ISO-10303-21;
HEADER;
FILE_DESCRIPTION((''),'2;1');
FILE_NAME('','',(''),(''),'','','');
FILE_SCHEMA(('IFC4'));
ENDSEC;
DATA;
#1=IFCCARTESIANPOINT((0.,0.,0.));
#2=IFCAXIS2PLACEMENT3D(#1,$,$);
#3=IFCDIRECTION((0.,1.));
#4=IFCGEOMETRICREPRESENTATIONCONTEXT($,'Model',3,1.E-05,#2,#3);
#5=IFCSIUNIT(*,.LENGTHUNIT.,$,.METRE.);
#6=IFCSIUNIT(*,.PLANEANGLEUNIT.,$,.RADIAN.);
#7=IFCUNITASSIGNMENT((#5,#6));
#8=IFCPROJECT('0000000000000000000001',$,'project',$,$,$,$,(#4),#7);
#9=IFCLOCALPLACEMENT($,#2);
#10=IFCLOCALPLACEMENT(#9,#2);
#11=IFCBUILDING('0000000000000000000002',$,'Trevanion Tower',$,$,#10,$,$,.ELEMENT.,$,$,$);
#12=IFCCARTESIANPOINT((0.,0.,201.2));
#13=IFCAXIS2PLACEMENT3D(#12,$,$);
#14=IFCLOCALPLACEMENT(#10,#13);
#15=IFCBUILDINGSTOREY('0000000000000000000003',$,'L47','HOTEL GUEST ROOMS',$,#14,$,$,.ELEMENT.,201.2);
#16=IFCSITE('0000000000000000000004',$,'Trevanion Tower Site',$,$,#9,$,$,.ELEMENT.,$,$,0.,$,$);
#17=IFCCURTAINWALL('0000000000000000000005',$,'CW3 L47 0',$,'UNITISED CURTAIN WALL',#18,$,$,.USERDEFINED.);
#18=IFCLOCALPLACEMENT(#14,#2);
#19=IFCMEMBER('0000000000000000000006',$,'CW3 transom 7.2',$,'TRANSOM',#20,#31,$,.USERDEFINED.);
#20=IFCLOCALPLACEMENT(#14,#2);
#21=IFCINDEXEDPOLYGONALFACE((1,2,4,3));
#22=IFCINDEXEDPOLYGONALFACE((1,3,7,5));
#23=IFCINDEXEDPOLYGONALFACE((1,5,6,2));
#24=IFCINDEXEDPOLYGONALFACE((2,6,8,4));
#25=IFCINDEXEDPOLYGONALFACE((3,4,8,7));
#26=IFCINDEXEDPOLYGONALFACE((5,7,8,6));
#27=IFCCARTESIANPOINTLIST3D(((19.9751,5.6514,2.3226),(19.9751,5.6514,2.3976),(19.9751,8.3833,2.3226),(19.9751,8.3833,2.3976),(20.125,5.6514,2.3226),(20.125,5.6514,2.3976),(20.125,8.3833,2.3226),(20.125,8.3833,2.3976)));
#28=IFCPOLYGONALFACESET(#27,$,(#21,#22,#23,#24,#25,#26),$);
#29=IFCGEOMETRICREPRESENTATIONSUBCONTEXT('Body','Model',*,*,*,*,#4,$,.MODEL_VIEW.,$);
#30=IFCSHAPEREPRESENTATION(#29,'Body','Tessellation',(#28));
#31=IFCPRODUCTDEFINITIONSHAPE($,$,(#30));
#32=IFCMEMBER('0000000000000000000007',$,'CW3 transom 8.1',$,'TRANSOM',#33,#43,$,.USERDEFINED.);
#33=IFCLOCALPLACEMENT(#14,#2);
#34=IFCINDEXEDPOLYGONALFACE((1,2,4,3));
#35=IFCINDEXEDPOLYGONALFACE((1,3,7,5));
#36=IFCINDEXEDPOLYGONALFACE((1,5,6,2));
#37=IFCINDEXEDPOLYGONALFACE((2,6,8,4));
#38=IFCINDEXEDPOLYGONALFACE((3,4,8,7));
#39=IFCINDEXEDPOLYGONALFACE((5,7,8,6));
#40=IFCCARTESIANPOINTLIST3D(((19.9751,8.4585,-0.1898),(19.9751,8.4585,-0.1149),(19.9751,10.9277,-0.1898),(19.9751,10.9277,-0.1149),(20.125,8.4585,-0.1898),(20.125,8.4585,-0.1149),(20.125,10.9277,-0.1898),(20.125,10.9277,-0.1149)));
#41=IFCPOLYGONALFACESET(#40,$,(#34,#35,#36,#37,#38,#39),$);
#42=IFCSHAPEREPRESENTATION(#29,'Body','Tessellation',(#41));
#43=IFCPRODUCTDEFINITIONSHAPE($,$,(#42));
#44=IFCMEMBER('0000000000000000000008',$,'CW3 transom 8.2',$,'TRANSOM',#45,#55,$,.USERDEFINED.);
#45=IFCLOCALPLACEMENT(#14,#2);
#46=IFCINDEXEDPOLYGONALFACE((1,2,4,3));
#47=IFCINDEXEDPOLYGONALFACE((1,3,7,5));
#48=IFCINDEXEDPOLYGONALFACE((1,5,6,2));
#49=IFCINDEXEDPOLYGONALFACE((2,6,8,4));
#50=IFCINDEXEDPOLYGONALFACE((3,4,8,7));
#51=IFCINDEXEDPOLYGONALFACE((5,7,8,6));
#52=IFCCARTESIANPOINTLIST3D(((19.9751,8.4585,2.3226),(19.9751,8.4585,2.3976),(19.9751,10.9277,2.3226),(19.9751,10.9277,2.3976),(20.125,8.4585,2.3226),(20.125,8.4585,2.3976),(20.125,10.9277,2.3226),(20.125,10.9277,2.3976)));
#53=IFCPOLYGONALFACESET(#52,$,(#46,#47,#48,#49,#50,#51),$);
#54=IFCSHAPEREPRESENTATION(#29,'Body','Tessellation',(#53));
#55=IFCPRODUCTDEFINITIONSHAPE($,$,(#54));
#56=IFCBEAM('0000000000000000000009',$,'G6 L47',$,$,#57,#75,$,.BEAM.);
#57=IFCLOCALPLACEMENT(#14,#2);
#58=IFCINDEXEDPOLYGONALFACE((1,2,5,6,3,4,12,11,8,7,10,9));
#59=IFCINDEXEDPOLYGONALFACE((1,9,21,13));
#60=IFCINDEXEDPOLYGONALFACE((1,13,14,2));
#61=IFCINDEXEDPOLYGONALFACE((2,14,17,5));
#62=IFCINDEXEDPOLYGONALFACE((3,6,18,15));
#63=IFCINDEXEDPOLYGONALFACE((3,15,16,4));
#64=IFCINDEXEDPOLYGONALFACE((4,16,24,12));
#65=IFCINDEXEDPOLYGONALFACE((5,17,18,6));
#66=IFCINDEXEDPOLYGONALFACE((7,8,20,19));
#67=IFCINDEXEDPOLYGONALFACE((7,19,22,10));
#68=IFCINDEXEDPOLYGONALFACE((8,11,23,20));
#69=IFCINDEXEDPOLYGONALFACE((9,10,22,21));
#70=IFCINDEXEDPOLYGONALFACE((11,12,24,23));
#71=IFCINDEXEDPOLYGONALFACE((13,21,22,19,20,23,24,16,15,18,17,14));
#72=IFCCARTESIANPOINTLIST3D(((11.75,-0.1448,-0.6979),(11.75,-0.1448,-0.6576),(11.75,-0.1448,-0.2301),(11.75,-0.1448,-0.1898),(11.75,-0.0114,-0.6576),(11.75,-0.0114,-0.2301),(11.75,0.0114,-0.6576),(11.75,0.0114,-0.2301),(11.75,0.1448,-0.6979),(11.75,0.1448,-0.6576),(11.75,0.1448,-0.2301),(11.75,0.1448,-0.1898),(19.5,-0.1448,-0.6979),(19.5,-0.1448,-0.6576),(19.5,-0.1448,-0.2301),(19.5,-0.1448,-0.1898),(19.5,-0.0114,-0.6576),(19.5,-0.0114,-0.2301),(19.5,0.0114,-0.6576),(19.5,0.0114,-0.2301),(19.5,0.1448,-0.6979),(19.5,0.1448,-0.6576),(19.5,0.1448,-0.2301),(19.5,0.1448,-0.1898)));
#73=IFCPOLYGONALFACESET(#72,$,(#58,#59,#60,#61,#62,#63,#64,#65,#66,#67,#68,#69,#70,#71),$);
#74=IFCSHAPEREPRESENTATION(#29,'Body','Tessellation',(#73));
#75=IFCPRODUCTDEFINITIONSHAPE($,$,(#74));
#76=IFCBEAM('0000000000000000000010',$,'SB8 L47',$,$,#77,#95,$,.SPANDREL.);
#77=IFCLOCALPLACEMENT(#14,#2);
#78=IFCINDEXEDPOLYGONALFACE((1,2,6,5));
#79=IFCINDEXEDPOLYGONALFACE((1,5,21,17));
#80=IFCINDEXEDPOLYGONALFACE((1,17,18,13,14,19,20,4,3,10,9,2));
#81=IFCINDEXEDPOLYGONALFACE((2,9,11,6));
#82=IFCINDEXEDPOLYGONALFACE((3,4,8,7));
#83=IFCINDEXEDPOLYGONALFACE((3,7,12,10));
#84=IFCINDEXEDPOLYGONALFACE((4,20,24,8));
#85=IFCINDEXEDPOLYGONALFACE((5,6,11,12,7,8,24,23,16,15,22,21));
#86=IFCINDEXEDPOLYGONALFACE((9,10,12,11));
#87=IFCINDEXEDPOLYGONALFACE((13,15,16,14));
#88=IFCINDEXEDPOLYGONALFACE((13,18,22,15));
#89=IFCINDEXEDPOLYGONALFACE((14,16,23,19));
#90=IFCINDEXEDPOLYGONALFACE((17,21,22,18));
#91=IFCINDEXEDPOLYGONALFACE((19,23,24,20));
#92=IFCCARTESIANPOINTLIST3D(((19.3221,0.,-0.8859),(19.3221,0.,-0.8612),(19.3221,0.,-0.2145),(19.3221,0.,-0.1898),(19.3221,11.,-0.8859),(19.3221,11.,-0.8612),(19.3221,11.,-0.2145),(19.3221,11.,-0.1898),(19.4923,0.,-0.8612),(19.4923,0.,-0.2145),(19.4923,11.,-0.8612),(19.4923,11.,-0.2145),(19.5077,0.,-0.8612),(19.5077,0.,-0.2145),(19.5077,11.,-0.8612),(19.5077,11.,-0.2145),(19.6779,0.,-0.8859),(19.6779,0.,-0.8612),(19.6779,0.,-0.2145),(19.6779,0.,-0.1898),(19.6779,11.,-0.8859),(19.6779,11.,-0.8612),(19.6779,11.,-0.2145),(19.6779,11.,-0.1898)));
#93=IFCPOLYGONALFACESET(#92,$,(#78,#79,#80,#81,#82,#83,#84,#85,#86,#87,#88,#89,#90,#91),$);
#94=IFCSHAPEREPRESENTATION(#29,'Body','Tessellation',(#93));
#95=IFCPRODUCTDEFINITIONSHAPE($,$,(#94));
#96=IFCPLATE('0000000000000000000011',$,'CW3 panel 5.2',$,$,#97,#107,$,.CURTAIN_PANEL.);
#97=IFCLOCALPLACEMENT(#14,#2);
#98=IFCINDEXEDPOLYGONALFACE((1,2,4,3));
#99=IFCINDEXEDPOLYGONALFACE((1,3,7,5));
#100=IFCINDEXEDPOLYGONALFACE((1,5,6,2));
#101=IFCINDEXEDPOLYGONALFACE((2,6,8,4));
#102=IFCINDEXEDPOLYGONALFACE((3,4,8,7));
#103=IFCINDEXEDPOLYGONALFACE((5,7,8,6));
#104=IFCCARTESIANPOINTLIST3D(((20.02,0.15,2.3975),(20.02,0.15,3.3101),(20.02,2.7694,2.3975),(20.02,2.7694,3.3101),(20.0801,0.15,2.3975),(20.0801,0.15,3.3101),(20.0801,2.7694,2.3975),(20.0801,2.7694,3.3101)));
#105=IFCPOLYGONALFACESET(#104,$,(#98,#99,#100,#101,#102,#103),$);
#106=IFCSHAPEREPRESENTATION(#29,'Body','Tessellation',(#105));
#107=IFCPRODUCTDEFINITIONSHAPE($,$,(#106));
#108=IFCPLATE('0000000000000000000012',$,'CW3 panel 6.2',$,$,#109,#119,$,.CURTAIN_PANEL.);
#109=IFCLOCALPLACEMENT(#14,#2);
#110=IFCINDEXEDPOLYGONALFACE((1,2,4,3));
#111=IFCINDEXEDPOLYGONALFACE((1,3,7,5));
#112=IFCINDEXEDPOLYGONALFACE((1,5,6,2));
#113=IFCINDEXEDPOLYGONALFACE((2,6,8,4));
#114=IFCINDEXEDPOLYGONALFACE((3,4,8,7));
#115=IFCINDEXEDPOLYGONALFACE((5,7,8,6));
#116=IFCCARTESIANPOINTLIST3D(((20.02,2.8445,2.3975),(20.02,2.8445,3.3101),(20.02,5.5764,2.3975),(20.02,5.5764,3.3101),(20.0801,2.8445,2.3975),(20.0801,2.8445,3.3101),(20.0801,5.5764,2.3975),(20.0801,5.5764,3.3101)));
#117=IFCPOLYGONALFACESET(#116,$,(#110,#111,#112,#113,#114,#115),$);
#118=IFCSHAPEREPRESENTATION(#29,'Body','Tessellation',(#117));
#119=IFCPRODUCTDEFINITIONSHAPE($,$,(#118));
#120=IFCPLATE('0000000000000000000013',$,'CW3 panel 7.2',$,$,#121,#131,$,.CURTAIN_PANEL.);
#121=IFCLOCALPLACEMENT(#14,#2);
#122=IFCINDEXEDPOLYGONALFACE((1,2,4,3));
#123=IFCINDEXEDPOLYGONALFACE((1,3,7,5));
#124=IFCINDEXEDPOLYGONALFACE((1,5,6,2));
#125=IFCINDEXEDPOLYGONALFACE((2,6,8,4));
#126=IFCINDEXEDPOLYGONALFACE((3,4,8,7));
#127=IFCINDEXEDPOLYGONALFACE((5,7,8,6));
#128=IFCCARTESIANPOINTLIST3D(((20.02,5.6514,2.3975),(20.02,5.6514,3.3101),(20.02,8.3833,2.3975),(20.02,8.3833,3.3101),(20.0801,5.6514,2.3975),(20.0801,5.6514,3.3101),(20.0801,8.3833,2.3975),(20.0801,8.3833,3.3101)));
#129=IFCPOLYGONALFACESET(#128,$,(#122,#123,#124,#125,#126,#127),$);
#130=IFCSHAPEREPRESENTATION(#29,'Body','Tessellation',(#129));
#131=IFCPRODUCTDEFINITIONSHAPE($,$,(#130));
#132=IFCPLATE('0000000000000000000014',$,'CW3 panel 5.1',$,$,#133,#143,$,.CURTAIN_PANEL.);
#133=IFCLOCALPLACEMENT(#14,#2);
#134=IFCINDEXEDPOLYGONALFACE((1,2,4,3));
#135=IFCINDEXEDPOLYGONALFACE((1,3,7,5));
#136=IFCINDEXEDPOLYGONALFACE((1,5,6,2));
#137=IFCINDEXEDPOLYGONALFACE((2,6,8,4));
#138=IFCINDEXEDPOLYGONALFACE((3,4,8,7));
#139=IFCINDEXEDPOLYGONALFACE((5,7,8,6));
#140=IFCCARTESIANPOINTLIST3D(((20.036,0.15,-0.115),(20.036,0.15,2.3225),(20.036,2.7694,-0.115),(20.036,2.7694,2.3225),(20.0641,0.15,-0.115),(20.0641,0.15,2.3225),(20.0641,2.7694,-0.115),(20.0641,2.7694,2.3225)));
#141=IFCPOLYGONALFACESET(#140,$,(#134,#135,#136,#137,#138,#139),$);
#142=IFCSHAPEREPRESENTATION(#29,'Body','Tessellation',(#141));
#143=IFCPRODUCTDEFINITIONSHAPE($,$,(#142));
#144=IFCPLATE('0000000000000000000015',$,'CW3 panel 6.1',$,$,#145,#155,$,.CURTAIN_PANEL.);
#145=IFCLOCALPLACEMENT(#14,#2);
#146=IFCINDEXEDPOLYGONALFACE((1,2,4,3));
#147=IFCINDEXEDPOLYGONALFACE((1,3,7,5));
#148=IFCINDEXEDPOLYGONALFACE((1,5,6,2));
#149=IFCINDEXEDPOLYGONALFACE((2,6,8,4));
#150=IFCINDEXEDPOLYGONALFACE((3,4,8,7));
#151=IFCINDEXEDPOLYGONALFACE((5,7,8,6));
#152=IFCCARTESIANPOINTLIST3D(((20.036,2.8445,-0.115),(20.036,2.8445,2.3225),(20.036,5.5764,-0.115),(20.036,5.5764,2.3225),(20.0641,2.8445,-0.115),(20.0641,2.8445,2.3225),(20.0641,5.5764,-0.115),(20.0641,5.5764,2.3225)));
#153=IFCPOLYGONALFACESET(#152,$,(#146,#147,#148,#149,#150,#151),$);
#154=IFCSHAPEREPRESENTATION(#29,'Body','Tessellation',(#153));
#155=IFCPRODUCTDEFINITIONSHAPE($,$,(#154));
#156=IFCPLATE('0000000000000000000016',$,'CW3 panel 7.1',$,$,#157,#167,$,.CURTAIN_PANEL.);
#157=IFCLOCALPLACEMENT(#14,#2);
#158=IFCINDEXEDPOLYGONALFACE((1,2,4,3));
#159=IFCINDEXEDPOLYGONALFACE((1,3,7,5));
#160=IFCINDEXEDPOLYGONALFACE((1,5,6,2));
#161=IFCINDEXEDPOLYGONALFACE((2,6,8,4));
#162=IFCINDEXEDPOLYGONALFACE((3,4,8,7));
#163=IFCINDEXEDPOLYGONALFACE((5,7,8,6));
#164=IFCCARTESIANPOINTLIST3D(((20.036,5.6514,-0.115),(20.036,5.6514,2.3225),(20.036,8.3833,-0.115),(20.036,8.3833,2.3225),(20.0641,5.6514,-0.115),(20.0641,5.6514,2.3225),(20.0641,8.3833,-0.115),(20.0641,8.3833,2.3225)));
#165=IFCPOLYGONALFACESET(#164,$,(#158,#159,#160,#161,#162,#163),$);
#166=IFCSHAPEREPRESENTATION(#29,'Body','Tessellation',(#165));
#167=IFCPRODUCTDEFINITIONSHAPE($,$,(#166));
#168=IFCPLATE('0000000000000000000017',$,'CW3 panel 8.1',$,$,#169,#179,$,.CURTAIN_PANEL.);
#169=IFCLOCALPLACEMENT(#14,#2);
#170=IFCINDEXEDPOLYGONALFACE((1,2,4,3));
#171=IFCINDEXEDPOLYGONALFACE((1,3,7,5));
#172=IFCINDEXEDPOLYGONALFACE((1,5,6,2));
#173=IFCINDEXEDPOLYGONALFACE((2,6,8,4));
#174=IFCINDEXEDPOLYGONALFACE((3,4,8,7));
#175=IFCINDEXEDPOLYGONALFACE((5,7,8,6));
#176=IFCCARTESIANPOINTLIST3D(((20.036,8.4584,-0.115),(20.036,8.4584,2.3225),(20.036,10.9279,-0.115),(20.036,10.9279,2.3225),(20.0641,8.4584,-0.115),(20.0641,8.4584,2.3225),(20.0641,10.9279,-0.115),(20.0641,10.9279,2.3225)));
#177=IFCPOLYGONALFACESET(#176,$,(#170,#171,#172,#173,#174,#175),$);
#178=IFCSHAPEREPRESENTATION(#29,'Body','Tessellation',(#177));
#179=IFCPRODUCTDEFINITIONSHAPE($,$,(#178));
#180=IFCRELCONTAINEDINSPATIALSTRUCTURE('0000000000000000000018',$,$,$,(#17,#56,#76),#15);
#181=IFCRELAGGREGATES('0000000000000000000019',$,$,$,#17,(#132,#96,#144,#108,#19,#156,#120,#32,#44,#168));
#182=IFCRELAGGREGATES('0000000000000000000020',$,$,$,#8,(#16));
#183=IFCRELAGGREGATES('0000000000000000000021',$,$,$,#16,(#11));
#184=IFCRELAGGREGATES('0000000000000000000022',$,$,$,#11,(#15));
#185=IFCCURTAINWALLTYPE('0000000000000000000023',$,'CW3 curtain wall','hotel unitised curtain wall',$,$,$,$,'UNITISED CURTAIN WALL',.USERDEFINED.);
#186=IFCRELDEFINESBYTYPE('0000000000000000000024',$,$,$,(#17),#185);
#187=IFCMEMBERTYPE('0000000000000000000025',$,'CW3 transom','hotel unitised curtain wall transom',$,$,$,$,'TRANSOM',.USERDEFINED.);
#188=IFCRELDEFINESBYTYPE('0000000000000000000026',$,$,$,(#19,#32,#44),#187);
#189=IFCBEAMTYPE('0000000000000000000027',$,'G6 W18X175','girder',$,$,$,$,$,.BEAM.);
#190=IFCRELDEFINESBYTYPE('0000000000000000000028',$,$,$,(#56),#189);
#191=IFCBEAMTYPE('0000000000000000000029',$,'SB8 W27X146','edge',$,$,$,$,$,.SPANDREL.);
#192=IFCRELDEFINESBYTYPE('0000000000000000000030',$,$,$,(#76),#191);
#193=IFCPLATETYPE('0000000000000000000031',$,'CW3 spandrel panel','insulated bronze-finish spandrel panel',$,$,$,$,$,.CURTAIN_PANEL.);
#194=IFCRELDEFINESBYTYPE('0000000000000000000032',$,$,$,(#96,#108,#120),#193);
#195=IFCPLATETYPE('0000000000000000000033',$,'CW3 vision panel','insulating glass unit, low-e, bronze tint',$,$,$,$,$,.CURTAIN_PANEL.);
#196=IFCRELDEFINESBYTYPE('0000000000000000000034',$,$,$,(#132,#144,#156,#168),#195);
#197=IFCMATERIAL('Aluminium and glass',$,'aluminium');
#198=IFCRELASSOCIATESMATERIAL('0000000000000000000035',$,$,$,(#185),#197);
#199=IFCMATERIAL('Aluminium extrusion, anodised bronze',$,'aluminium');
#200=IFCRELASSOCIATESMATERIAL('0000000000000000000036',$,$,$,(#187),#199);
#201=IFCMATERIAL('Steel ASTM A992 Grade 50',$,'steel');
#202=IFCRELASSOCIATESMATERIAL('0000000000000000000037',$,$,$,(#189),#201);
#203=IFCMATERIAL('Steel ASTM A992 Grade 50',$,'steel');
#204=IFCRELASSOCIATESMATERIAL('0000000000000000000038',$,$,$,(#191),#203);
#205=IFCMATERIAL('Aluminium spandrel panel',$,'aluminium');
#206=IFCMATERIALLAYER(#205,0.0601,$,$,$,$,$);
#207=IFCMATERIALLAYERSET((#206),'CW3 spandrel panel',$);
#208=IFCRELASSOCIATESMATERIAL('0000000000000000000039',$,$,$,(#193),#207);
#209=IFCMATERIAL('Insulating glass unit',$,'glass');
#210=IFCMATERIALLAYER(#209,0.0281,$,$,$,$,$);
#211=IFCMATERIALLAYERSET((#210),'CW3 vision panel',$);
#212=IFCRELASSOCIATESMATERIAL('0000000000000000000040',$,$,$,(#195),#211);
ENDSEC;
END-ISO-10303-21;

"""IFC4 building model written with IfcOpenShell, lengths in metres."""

from ifc_helpers import new_model, si_unit, direction, frame, origin, origin_2d, place, context, subcontext, project, spatial, rectangle, i_section, extrude, material, layer, layer_set, material_profile, profile_set, type_object, element, aggregate, save


model = new_model("IFC4")

# Units and contexts
model_context = context("Model", 3, precision=1e-05, world=origin(), true_north=direction((0.0, 1.0)))
body_context = subcontext(model_context, "Body", "Model", "MODEL_VIEW")
ifc_project = project(units=[si_unit("LENGTHUNIT", "METRE"), si_unit("PLANEANGLEUNIT", "RADIAN")], contexts=[model_context])

# Site, building, storey
site_placement = place(None, origin())
site = spatial("IfcSite", under=ifc_project, at=site_placement, Name="Trevanion Tower Site", CompositionType="ELEMENT", RefElevation=0.0)
building_placement = place(site_placement, origin())
building = spatial("IfcBuilding", under=site, at=building_placement, Name="Trevanion Tower", CompositionType="ELEMENT")
storey_placement = place(building_placement, frame((0.0, 0.0, 201.2)))
storey = spatial("IfcBuildingStorey", under=building, at=storey_placement, Name="L47", Description="HOTEL GUEST ROOMS", CompositionType="ELEMENT", Elevation=201.2)

# Curtain wall, members
ifc_material_1 = material(Name="Aluminium and glass", Category="aluminium")
curtain_wall_type = type_object("IfcCurtainWallType", Name="CW3 curtain wall", Description="hotel unitised curtain wall", ElementType="UNITISED CURTAIN WALL", PredefinedType="USERDEFINED", material=ifc_material_1)
curtain_wall_placement = place(storey_placement, origin())
curtain_wall = element("IfcCurtainWall", 1, at=curtain_wall_placement, inside=storey, type_object=curtain_wall_type, Name="CW3 L47 0", ObjectType="UNITISED CURTAIN WALL", PredefinedType="USERDEFINED")
ifc_material_2 = material(Name="Aluminium extrusion, anodised bronze", Category="aluminium")
ifc_material_profile_1 = material_profile(ifc_material_2, rectangle(XDim=0.1499, YDim=0.075, at=origin_2d()), Name="CW3 transom")
ifc_profile_set_1 = profile_set([ifc_material_profile_1], Name="Aluminium extrusion, anodised bronze")
member_type_1 = type_object("IfcMemberType", Name="CW3 transom", Description="hotel unitised curtain wall transom", ElementType="TRANSOM", PredefinedType="USERDEFINED", material=ifc_profile_set_1)
member_1_placement = place(storey_placement, frame((20.05, 5.6514, 2.3601), z_axis=(0.0, 1.0, 0.0), x_axis=(-1.0, 0.0, 0.0)))
member_1 = element("IfcMember", 2, at=member_1_placement, type_object=member_type_1, Name="CW3 transom 7.2", ObjectType="TRANSOM", PredefinedType="USERDEFINED", context=body_context, shape_type="SweptSolid", body=[
    extrude(rectangle(XDim=0.1499, YDim=0.075, at=origin_2d()), origin(), (0.0, 0.0, 1.0), 2.7319),
])
member_2_placement = place(storey_placement, frame((20.05, 8.4585, -0.1523), z_axis=(0.0, 1.0, 0.0), x_axis=(-1.0, 0.0, 0.0)))
member_2 = element("IfcMember", 3, at=member_2_placement, type_object=member_type_1, Name="CW3 transom 8.1", ObjectType="TRANSOM", PredefinedType="USERDEFINED", context=body_context, shape_type="SweptSolid", body=[
    extrude(rectangle(XDim=0.1499, YDim=0.075, at=origin_2d()), origin(), (0.0, 0.0, 1.0), 2.4692),
])
member_3_placement = place(storey_placement, frame((20.05, 8.4585, 2.3601), z_axis=(0.0, 1.0, 0.0), x_axis=(-1.0, 0.0, 0.0)))
member_3 = element("IfcMember", 4, at=member_3_placement, type_object=member_type_1, Name="CW3 transom 8.2", ObjectType="TRANSOM", PredefinedType="USERDEFINED", context=body_context, shape_type="SweptSolid", body=[
    extrude(rectangle(XDim=0.1499, YDim=0.075, at=origin_2d()), origin(), (0.0, 0.0, 1.0), 2.4692),
])

# Beams
ifc_material_3 = material(Name="Steel ASTM A992 Grade 50", Category="steel")
ifc_material_profile_2 = material_profile(ifc_material_3, i_section(OverallWidth=0.2896, OverallDepth=0.5081, WebThickness=0.0227, FlangeThickness=0.0403, at=origin_2d()), Name="W18X175")
ifc_profile_set_2 = profile_set([ifc_material_profile_2], Name="Steel ASTM A992 Grade 50")
beam_type_1 = type_object("IfcBeamType", Name="G6 W18X175", Description="girder", PredefinedType="BEAM", material=ifc_profile_set_2)
beam_1_placement = place(storey_placement, frame((11.75, 0.0, -0.4438), z_axis=(1.0, 0.0, 0.0), x_axis=(0.0, 1.0, 0.0)))
element("IfcBeam", 5, at=beam_1_placement, inside=storey, type_object=beam_type_1, Name="G6 L47", PredefinedType="BEAM", context=body_context, shape_type="SweptSolid", body=[
    extrude(i_section(OverallWidth=0.2896, OverallDepth=0.5081, WebThickness=0.0227, FlangeThickness=0.0403, at=origin_2d()), origin(), (0.0, 0.0, 1.0), 7.75),
])
ifc_material_4 = material(Name="Steel ASTM A992 Grade 50", Category="steel")
ifc_material_profile_3 = material_profile(ifc_material_4, i_section(OverallWidth=0.3557, OverallDepth=0.696, WebThickness=0.0154, FlangeThickness=0.0247, at=origin_2d()), Name="W27X146")
ifc_profile_set_3 = profile_set([ifc_material_profile_3], Name="Steel ASTM A992 Grade 50")
beam_type_2 = type_object("IfcBeamType", Name="SB8 W27X146", Description="edge", PredefinedType="SPANDREL", material=ifc_profile_set_3)
beam_2_placement = place(storey_placement, frame((19.5, 0.0, -0.5378), z_axis=(0.0, 1.0, 0.0), x_axis=(-1.0, 0.0, 0.0)))
element("IfcBeam", 6, at=beam_2_placement, inside=storey, type_object=beam_type_2, Name="SB8 L47", PredefinedType="SPANDREL", context=body_context, shape_type="SweptSolid", body=[
    extrude(i_section(OverallWidth=0.3557, OverallDepth=0.696, WebThickness=0.0154, FlangeThickness=0.0247, at=origin_2d()), origin(), (0.0, 0.0, 1.0), 11.0),
])

# Plates
ifc_material_5 = material(Name="Aluminium spandrel panel", Category="aluminium")
ifc_layer_1 = layer(ifc_material_5, 0.0601)
ifc_layer_set_1 = layer_set([ifc_layer_1], Name="CW3 spandrel panel")
plate_type_1 = type_object("IfcPlateType", Name="CW3 spandrel panel", Description="insulated bronze-finish spandrel panel", PredefinedType="CURTAIN_PANEL", material=ifc_layer_set_1)
plate_1_placement = place(storey_placement, frame((20.05, 1.4597, 2.3975), z_axis=(0.0, 0.0, 1.0), x_axis=(0.0, 1.0, 0.0)))
plate_1 = element("IfcPlate", 7, at=plate_1_placement, type_object=plate_type_1, Name="CW3 panel 5.2", PredefinedType="CURTAIN_PANEL", context=body_context, shape_type="SweptSolid", body=[
    extrude(rectangle(XDim=2.6194, YDim=0.0601, at=origin_2d()), origin(), (0.0, 0.0, 1.0), 0.9126),
])
plate_2_placement = place(storey_placement, frame((20.05, 4.2104, 2.3975), z_axis=(0.0, 0.0, 1.0), x_axis=(0.0, 1.0, 0.0)))
plate_2 = element("IfcPlate", 8, at=plate_2_placement, type_object=plate_type_1, Name="CW3 panel 6.2", PredefinedType="CURTAIN_PANEL", context=body_context, shape_type="SweptSolid", body=[
    extrude(rectangle(XDim=2.7319, YDim=0.0601, at=origin_2d()), origin(), (0.0, 0.0, 1.0), 0.9126),
])
plate_3_placement = place(storey_placement, frame((20.05, 7.0173, 2.3975), z_axis=(0.0, 0.0, 1.0), x_axis=(0.0, 1.0, 0.0)))
plate_3 = element("IfcPlate", 9, at=plate_3_placement, type_object=plate_type_1, Name="CW3 panel 7.2", PredefinedType="CURTAIN_PANEL", context=body_context, shape_type="SweptSolid", body=[
    extrude(rectangle(XDim=2.7319, YDim=0.0601, at=origin_2d()), origin(), (0.0, 0.0, 1.0), 0.9126),
])
ifc_material_6 = material(Name="Insulating glass unit", Category="glass")
ifc_layer_2 = layer(ifc_material_6, 0.0281)
ifc_layer_set_2 = layer_set([ifc_layer_2], Name="CW3 vision panel")
plate_type_2 = type_object("IfcPlateType", Name="CW3 vision panel", Description="insulating glass unit, low-e, bronze tint", PredefinedType="CURTAIN_PANEL", material=ifc_layer_set_2)
plate_4_placement = place(storey_placement, frame((20.05, 1.4597, -0.115), z_axis=(0.0, 0.0, 1.0), x_axis=(0.0, 1.0, 0.0)))
plate_4 = element("IfcPlate", 10, at=plate_4_placement, type_object=plate_type_2, Name="CW3 panel 5.1", PredefinedType="CURTAIN_PANEL", context=body_context, shape_type="SweptSolid", body=[
    extrude(rectangle(XDim=2.6194, YDim=0.0281, at=origin_2d()), origin(), (0.0, 0.0, 1.0), 2.4375),
])
plate_5_placement = place(storey_placement, frame((20.05, 4.2104, -0.115), z_axis=(0.0, 0.0, 1.0), x_axis=(0.0, 1.0, 0.0)))
plate_5 = element("IfcPlate", 11, at=plate_5_placement, type_object=plate_type_2, Name="CW3 panel 6.1", PredefinedType="CURTAIN_PANEL", context=body_context, shape_type="SweptSolid", body=[
    extrude(rectangle(XDim=2.7319, YDim=0.0281, at=origin_2d()), origin(), (0.0, 0.0, 1.0), 2.4375),
])
plate_6_placement = place(storey_placement, frame((20.05, 7.0173, -0.115), z_axis=(0.0, 0.0, 1.0), x_axis=(0.0, 1.0, 0.0)))
plate_6 = element("IfcPlate", 12, at=plate_6_placement, type_object=plate_type_2, Name="CW3 panel 7.1", PredefinedType="CURTAIN_PANEL", context=body_context, shape_type="SweptSolid", body=[
    extrude(rectangle(XDim=2.7319, YDim=0.0281, at=origin_2d()), origin(), (0.0, 0.0, 1.0), 2.4375),
])
plate_7_placement = place(storey_placement, frame((20.05, 9.6931, -0.115), z_axis=(0.0, 0.0, 1.0), x_axis=(0.0, 1.0, 0.0)))
plate_7 = element("IfcPlate", 13, at=plate_7_placement, type_object=plate_type_2, Name="CW3 panel 8.1", PredefinedType="CURTAIN_PANEL", context=body_context, shape_type="SweptSolid", body=[
    extrude(rectangle(XDim=2.4695, YDim=0.0281, at=origin_2d()), origin(), (0.0, 0.0, 1.0), 2.4375),
])
aggregate(curtain_wall, [plate_4, plate_1, plate_5, plate_2, member_1, plate_6, plate_3, member_2, member_3, plate_7])

save(model, "model.ifc")
